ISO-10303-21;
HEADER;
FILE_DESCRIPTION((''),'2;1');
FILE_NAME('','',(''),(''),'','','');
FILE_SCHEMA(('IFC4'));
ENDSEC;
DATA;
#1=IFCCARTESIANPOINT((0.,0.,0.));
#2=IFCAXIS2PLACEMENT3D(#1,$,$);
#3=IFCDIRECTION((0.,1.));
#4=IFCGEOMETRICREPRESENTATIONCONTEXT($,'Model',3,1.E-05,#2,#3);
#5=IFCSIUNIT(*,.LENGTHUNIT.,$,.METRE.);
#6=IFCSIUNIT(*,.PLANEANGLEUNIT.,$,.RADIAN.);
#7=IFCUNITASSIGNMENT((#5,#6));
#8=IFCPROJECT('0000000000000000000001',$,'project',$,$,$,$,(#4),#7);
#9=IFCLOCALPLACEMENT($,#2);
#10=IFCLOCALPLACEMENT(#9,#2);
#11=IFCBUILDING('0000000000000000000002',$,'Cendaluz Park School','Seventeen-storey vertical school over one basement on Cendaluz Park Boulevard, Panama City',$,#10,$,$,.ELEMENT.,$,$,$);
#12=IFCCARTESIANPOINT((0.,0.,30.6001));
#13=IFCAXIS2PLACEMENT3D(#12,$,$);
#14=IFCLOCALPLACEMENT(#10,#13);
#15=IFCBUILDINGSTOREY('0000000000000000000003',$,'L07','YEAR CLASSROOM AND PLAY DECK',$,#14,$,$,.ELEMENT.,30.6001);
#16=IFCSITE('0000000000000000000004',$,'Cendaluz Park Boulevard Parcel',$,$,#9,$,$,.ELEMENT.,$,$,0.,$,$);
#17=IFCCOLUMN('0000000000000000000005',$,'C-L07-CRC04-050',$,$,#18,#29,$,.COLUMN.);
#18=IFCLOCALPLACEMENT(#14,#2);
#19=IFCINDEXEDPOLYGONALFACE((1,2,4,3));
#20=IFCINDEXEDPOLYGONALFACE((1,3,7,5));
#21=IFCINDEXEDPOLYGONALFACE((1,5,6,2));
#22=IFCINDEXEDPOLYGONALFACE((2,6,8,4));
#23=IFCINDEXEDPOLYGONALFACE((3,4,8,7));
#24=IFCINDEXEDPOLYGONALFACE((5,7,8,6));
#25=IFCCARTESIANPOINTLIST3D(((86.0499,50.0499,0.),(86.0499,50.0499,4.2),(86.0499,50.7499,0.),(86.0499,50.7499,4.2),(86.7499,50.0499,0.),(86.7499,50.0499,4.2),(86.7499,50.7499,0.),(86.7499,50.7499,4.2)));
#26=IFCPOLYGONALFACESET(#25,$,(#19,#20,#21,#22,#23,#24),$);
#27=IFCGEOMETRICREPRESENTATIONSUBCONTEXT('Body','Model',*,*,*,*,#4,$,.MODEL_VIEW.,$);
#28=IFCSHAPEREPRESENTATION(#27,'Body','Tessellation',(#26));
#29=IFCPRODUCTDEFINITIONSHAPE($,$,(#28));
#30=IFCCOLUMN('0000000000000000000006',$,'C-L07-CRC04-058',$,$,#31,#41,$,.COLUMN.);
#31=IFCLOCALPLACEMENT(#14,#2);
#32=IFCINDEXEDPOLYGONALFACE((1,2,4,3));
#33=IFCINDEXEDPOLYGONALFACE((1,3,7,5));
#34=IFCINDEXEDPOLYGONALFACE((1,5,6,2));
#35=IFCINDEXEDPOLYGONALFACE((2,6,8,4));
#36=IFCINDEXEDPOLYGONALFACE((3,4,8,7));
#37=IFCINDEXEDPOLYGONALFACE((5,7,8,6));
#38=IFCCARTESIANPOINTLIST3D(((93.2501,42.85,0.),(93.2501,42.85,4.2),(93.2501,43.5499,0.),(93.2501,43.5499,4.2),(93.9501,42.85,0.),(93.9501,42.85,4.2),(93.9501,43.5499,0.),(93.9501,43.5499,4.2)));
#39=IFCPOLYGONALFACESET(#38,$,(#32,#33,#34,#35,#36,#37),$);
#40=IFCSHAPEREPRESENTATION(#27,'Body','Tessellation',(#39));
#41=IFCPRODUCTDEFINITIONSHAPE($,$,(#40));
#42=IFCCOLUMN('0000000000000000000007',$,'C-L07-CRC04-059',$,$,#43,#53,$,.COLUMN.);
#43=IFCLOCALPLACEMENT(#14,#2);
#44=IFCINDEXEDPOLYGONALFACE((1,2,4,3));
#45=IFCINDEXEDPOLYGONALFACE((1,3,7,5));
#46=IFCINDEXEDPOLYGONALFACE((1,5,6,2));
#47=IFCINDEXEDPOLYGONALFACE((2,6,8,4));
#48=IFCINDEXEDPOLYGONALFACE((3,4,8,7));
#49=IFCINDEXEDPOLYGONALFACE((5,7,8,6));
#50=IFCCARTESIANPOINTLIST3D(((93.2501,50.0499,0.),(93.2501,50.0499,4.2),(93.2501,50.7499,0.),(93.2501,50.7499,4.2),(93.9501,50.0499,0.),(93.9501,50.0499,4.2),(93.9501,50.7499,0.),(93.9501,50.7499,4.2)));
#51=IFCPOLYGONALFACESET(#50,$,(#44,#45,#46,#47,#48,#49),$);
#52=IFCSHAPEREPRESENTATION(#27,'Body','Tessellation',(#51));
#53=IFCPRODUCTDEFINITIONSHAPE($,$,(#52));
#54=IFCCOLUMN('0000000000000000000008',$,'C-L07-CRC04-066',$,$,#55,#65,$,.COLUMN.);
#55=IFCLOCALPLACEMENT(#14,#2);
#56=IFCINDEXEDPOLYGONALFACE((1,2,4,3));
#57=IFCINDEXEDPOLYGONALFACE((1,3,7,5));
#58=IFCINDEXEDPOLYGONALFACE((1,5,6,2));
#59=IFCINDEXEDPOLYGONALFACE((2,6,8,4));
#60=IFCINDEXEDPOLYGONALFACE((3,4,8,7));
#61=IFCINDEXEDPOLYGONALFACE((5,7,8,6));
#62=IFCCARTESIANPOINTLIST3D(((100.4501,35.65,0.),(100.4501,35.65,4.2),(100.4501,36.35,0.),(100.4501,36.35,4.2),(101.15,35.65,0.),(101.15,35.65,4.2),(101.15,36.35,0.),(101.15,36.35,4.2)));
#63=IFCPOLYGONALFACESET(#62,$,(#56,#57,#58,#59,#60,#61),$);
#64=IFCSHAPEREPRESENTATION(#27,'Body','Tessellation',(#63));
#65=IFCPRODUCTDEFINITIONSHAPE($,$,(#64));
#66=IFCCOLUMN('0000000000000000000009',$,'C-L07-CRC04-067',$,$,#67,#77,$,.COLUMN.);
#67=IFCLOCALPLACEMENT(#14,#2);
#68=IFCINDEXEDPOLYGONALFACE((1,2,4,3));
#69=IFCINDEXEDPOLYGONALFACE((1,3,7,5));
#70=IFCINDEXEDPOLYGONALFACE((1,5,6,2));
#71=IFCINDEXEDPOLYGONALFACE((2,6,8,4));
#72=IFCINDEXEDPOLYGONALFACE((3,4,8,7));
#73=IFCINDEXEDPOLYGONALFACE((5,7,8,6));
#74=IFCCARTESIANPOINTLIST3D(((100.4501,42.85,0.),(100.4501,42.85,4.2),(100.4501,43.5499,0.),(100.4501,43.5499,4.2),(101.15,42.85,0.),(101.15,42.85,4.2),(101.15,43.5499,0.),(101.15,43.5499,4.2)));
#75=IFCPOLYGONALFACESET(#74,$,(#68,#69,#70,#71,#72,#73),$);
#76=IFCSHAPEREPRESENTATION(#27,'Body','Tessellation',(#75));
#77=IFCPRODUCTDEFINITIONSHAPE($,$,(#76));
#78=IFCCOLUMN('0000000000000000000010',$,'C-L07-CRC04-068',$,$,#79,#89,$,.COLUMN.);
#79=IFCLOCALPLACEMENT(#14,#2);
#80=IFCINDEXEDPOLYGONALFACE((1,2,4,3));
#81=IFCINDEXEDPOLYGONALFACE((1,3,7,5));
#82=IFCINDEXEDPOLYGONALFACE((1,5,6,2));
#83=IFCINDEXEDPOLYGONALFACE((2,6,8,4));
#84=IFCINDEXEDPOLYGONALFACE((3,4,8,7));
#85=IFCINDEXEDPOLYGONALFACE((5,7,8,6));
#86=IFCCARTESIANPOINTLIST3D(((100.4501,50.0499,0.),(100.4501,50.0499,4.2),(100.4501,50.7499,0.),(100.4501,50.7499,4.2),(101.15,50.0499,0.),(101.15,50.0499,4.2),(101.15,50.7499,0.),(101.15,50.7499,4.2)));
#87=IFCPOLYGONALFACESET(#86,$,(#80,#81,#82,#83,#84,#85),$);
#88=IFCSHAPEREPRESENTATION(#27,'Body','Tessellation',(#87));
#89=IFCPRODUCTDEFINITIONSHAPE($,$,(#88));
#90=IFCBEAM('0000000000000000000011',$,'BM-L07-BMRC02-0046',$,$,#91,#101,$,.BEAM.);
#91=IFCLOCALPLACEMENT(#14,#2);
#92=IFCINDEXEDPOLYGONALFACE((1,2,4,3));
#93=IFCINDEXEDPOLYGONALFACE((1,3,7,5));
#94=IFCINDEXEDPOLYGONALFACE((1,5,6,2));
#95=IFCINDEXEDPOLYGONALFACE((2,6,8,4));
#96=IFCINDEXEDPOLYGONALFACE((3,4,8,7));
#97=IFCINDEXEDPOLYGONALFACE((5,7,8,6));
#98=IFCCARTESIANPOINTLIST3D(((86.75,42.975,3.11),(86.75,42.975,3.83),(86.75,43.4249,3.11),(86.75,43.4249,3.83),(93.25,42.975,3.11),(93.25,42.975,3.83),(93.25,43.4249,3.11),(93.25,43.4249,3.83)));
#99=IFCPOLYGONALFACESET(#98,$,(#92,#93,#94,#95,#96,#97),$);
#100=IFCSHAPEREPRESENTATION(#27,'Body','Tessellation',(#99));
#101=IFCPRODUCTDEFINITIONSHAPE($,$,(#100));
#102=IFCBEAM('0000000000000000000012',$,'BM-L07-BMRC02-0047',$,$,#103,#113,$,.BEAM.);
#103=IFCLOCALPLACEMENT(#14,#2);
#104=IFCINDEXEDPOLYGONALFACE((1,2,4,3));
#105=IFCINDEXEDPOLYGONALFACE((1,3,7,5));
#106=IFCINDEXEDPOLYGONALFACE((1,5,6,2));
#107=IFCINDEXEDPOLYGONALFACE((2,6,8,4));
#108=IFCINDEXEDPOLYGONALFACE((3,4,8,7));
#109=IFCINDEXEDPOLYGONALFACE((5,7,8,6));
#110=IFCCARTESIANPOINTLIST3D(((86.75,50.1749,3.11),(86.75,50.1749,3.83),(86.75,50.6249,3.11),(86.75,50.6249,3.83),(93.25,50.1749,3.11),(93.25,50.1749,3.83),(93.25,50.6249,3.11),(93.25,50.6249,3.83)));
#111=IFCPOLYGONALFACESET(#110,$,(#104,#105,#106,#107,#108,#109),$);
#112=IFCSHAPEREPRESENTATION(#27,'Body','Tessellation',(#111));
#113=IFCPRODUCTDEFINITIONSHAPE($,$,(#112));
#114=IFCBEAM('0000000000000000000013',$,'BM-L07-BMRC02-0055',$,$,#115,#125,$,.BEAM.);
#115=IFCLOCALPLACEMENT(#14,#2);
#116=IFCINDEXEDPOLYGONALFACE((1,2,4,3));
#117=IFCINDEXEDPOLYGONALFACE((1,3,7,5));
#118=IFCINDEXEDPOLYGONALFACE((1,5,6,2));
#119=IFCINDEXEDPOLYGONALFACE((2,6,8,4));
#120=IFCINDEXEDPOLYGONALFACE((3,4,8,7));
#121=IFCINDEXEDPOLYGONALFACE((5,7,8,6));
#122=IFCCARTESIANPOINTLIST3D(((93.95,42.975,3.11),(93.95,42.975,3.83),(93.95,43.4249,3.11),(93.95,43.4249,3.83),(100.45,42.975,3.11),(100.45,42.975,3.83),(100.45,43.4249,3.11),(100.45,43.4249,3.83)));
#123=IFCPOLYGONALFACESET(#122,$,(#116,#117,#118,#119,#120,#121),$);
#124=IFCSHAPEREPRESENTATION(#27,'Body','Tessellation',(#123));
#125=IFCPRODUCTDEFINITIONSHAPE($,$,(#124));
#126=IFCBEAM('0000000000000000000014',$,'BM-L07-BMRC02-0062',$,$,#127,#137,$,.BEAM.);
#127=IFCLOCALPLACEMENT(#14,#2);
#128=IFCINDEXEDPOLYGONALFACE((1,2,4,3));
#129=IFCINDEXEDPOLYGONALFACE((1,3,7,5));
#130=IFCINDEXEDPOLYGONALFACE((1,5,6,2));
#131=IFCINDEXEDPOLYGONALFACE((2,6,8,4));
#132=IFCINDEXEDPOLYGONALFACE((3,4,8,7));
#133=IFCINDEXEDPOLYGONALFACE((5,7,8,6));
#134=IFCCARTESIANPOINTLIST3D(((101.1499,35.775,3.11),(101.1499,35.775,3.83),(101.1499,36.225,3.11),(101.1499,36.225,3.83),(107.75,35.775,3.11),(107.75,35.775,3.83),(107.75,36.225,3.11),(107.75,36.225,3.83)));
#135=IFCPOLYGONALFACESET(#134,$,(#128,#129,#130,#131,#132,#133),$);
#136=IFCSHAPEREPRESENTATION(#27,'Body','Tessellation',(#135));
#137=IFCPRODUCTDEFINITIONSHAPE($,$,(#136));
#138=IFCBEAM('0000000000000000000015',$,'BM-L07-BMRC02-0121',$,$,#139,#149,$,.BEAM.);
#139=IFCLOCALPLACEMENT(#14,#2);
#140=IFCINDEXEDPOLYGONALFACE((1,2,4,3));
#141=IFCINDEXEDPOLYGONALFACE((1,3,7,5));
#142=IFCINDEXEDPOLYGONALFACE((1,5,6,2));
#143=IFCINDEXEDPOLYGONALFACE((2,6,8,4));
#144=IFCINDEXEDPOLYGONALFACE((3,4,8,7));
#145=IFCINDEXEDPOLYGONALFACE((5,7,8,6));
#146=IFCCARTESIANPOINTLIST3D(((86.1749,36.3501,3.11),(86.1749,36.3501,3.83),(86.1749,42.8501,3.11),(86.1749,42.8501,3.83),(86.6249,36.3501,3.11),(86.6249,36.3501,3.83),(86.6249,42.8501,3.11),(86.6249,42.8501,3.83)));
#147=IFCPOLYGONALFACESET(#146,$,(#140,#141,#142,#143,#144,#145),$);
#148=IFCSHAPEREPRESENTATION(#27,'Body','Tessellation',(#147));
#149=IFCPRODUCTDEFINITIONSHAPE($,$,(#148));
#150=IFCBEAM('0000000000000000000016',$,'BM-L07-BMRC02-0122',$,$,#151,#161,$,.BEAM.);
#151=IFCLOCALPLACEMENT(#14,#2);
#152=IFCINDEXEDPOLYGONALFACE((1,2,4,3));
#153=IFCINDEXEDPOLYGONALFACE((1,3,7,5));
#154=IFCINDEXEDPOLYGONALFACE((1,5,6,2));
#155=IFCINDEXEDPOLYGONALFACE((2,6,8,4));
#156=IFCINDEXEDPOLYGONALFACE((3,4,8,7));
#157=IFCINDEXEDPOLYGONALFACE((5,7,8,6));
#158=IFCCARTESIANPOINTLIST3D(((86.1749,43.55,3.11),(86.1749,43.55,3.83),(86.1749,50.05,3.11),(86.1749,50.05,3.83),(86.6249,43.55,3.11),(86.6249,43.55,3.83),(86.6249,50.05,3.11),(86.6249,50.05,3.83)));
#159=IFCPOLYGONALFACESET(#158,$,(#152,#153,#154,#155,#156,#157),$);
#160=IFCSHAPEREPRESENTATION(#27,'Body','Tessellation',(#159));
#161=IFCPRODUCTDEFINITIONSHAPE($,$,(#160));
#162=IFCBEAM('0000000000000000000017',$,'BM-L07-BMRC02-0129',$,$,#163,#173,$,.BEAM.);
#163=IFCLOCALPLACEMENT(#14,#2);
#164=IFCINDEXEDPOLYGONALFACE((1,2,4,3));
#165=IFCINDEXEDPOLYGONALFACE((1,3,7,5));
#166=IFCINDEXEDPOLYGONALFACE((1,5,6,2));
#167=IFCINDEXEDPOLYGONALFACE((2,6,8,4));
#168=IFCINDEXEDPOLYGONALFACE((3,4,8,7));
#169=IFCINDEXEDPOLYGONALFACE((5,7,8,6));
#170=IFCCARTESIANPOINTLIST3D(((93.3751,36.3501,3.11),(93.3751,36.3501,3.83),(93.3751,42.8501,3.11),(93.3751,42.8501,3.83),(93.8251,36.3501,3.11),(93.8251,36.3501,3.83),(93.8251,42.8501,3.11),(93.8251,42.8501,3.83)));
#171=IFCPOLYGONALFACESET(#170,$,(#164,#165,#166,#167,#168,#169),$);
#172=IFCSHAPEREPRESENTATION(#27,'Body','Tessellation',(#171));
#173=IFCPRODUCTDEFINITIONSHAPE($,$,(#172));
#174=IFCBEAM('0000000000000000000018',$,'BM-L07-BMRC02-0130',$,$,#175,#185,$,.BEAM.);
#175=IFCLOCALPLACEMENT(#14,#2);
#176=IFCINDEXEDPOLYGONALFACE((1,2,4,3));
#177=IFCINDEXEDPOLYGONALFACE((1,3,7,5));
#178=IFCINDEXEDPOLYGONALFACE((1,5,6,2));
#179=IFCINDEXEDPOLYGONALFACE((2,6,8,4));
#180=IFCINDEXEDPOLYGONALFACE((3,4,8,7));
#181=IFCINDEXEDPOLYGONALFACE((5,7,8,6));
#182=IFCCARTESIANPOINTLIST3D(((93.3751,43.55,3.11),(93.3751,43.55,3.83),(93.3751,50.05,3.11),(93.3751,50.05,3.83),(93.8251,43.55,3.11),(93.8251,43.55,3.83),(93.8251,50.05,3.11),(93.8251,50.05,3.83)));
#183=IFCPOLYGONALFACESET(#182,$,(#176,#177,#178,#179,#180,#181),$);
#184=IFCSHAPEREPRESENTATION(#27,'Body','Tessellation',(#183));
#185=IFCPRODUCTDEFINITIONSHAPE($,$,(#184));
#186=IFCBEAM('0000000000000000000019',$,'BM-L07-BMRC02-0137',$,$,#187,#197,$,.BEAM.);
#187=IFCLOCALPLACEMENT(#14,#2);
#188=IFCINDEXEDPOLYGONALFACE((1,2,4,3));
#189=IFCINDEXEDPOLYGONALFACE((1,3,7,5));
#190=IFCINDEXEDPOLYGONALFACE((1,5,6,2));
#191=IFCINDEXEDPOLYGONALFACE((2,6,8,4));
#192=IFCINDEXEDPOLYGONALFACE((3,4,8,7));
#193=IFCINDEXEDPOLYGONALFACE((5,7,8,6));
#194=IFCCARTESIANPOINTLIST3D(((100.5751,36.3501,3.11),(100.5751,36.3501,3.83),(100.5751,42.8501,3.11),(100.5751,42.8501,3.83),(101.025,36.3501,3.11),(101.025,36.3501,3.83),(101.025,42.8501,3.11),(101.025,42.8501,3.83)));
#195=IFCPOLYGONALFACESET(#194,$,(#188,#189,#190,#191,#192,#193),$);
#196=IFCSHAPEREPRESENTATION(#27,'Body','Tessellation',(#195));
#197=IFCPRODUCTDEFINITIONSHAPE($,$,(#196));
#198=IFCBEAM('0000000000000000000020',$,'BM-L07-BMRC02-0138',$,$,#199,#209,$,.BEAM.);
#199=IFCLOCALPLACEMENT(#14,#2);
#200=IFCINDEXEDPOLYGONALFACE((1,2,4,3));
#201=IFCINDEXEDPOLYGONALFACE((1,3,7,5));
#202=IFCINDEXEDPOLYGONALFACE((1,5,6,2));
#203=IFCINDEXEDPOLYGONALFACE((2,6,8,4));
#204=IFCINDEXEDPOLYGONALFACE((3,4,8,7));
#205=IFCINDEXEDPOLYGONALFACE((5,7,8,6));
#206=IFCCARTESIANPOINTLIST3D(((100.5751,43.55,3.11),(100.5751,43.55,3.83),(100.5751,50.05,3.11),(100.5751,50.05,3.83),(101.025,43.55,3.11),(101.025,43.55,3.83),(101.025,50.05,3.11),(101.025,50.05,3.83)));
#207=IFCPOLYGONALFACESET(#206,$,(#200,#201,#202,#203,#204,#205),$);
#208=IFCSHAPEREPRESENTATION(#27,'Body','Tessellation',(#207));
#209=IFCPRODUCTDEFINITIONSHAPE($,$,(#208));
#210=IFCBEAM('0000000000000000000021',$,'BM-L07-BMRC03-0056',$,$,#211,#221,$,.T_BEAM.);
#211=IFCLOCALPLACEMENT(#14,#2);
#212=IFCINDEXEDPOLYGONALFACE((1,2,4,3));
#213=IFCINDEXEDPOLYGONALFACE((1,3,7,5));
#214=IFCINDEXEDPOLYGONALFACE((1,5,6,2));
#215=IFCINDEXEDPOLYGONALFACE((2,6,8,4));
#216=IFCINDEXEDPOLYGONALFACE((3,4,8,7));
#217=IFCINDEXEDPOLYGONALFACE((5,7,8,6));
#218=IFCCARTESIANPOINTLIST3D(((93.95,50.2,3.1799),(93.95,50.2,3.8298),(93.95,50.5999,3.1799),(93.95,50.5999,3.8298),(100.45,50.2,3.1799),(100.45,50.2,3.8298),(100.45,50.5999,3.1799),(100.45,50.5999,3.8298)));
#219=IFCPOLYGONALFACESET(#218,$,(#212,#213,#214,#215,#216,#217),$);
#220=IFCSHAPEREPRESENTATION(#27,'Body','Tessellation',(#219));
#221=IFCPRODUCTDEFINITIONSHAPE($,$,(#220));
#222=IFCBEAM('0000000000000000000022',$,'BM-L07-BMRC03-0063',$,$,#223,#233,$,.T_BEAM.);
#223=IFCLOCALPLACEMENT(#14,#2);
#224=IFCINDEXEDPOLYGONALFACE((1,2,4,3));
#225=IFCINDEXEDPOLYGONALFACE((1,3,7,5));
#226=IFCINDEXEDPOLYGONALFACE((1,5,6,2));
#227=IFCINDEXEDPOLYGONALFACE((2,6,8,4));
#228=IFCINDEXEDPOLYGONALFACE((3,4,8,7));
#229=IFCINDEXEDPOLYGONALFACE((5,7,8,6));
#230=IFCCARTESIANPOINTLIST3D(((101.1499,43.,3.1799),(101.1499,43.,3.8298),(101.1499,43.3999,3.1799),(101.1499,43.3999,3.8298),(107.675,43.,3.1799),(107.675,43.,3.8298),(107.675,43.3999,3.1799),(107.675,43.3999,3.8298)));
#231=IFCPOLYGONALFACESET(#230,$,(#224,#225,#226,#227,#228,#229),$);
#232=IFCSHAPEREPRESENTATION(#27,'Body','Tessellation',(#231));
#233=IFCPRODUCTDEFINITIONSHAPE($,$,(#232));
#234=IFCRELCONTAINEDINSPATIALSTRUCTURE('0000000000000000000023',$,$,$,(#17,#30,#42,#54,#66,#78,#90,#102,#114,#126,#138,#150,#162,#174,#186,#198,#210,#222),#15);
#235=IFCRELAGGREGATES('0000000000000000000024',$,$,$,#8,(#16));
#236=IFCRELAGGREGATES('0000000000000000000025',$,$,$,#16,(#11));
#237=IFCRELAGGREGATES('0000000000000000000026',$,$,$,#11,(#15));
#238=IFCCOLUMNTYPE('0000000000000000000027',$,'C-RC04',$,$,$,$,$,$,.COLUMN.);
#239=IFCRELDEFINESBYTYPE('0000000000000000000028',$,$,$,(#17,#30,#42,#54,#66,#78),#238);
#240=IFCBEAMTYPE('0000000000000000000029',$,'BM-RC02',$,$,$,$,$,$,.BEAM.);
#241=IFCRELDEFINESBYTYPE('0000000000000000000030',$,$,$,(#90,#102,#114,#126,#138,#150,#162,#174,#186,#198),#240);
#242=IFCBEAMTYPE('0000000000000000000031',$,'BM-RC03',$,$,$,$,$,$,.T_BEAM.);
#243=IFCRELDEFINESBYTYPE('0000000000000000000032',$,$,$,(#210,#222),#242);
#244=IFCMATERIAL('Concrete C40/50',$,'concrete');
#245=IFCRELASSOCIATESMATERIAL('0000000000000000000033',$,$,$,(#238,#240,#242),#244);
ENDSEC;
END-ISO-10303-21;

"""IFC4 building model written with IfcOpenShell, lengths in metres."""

from ifc_helpers import new_model, si_unit, direction, frame, origin, origin_2d, place, context, subcontext, project, spatial, rectangle, extrude, material, material_profile, profile_set, type_object, element, save


model = new_model("IFC4")

# Units and contexts
model_context = context("Model", 3, precision=1e-05, world=origin(), true_north=direction((0.0, 1.0)))
body_context = subcontext(model_context, "Body", "Model", "MODEL_VIEW")
ifc_project = project(units=[si_unit("LENGTHUNIT", "METRE"), si_unit("PLANEANGLEUNIT", "RADIAN")], contexts=[model_context])

# Site, building, storey
site_placement = place(None, origin())
site = spatial("IfcSite", under=ifc_project, at=site_placement, Name="Cendaluz Park Boulevard Parcel", CompositionType="ELEMENT", RefElevation=0.0)
building_placement = place(site_placement, origin())
building = spatial("IfcBuilding", under=site, at=building_placement, Name="Cendaluz Park School", Description="Seventeen-storey vertical school over one basement on Cendaluz Park Boulevard, Panama City", CompositionType="ELEMENT")
storey_placement = place(building_placement, frame((0.0, 0.0, 30.6001)))
storey = spatial("IfcBuildingStorey", under=building, at=storey_placement, Name="L07", Description="YEAR CLASSROOM AND PLAY DECK", CompositionType="ELEMENT", Elevation=30.6001)

# Columns
ifc_material_1 = material(Name="Concrete C40/50", Category="concrete")
ifc_material_profile_1 = material_profile(ifc_material_1, rectangle(XDim=0.7, YDim=0.7, at=origin_2d()), Name="RC 700x700", Category="concrete")
ifc_profile_set_1 = profile_set([ifc_material_profile_1], Name="Concrete C40/50")
column_type = type_object("IfcColumnType", Name="C-RC04", PredefinedType="COLUMN", material=ifc_profile_set_1)
for number, where, z_axis, x_axis, name in (
    (1, (86.3999, 50.3999, 0.0), (0.0, 0.0, 1.0), (1.0, 0.0, 0.0), "C-L07-CRC04-050"),
    (2, (93.6001, 43.2, 0.0), (0.0, 0.0, 1.0), (1.0, 0.0, 0.0), "C-L07-CRC04-058"),
    (3, (93.6001, 50.3999, 0.0), (0.0, 0.0, 1.0), (1.0, 0.0, 0.0), "C-L07-CRC04-059"),
    (4, (100.8, 36.0, 0.0), (0.0, 0.0, 1.0), (1.0, 0.0, 0.0), "C-L07-CRC04-066"),
    (5, (100.8, 43.2, 0.0), (0.0, 0.0, 1.0), (1.0, 0.0, 0.0), "C-L07-CRC04-067"),
    (6, (100.8, 50.3999, 0.0), (0.0, 0.0, 1.0), (1.0, 0.0, 0.0), "C-L07-CRC04-068"),
):
    element("IfcColumn", number, at=place(storey_placement, frame(where, z_axis=z_axis, x_axis=x_axis)), inside=storey, type_object=column_type, Name=name, PredefinedType="COLUMN", context=body_context, shape_type="SweptSolid", body=[
        extrude(rectangle(XDim=0.7, YDim=0.7, at=origin_2d()), origin(), (0.0, 0.0, 1.0), 4.2),
    ])

# Beams
ifc_material_profile_2 = material_profile(ifc_material_1, rectangle(XDim=0.45, YDim=0.72, at=origin_2d()), Name="RC 450x720", Category="concrete")
ifc_profile_set_2 = profile_set([ifc_material_profile_2], Name="Concrete C40/50")
beam_type_1 = type_object("IfcBeamType", Name="BM-RC02", PredefinedType="BEAM", material=ifc_profile_set_2)
for number, where, z_axis, x_axis, name in (
    (7, (86.75, 43.2, 3.47), (1.0, 0.0, 0.0), (0.0, 1.0, 0.0), "BM-L07-BMRC02-0046"),
    (8, (86.75, 50.3999, 3.47), (1.0, 0.0, 0.0), (0.0, 1.0, 0.0), "BM-L07-BMRC02-0047"),
    (9, (93.95, 43.2, 3.47), (1.0, 0.0, 0.0), (0.0, 1.0, 0.0), "BM-L07-BMRC02-0055"),
):
    element("IfcBeam", number, at=place(storey_placement, frame(where, z_axis=z_axis, x_axis=x_axis)), inside=storey, type_object=beam_type_1, Name=name, PredefinedType="BEAM", context=body_context, shape_type="SweptSolid", body=[
        extrude(rectangle(XDim=0.45, YDim=0.72, at=origin_2d()), origin(), (0.0, 0.0, 1.0), 6.5),
    ])
beam_1_placement = place(storey_placement, frame((101.1499, 36.0, 3.47), z_axis=(1.0, 0.0, 0.0), x_axis=(0.0, 1.0, 0.0)))
element("IfcBeam", 10, at=beam_1_placement, inside=storey, type_object=beam_type_1, Name="BM-L07-BMRC02-0062", PredefinedType="BEAM", context=body_context, shape_type="SweptSolid", body=[
    extrude(rectangle(XDim=0.45, YDim=0.72, at=origin_2d()), origin(), (0.0, 0.0, 1.0), 6.6001),
])
for number, where, z_axis, x_axis, name in (
    (11, (86.3999, 36.3501, 3.47), (0.0, 1.0, 0.0), (-1.0, 0.0, 0.0), "BM-L07-BMRC02-0121"),
    (12, (86.3999, 43.55, 3.47), (0.0, 1.0, 0.0), (-1.0, 0.0, 0.0), "BM-L07-BMRC02-0122"),
    (13, (93.6001, 36.3501, 3.47), (0.0, 1.0, 0.0), (-1.0, 0.0, 0.0), "BM-L07-BMRC02-0129"),
    (14, (93.6001, 43.55, 3.47), (0.0, 1.0, 0.0), (-1.0, 0.0, 0.0), "BM-L07-BMRC02-0130"),
    (15, (100.8, 36.3501, 3.47), (0.0, 1.0, 0.0), (-1.0, 0.0, 0.0), "BM-L07-BMRC02-0137"),
    (16, (100.8, 43.55, 3.47), (0.0, 1.0, 0.0), (-1.0, 0.0, 0.0), "BM-L07-BMRC02-0138"),
):
    element("IfcBeam", number, at=place(storey_placement, frame(where, z_axis=z_axis, x_axis=x_axis)), inside=storey, type_object=beam_type_1, Name=name, PredefinedType="BEAM", context=body_context, shape_type="SweptSolid", body=[
        extrude(rectangle(XDim=0.45, YDim=0.72, at=origin_2d()), origin(), (0.0, 0.0, 1.0), 6.5),
    ])
ifc_material_profile_3 = material_profile(ifc_material_1, rectangle(XDim=0.3999, YDim=0.6499, at=origin_2d()), Name="RC 400x650", Category="concrete")
ifc_profile_set_3 = profile_set([ifc_material_profile_3], Name="Concrete C40/50")
beam_type_2 = type_object("IfcBeamType", Name="BM-RC03", PredefinedType="T_BEAM", material=ifc_profile_set_3)
beam_2_placement = place(storey_placement, frame((93.95, 50.3999, 3.5049), z_axis=(1.0, 0.0, 0.0), x_axis=(0.0, 1.0, 0.0)))
element("IfcBeam", 17, at=beam_2_placement, inside=storey, type_object=beam_type_2, Name="BM-L07-BMRC03-0056", PredefinedType="T_BEAM", context=body_context, shape_type="SweptSolid", body=[
    extrude(rectangle(XDim=0.3999, YDim=0.6499, at=origin_2d()), origin(), (0.0, 0.0, 1.0), 6.5),
])
beam_3_placement = place(storey_placement, frame((101.1499, 43.2, 3.5049), z_axis=(1.0, 0.0, 0.0), x_axis=(0.0, 1.0, 0.0)))
element("IfcBeam", 18, at=beam_3_placement, inside=storey, type_object=beam_type_2, Name="BM-L07-BMRC03-0063", PredefinedType="T_BEAM", context=body_context, shape_type="SweptSolid", body=[
    extrude(rectangle(XDim=0.3999, YDim=0.6499, at=origin_2d()), origin(), (0.0, 0.0, 1.0), 6.5251),
])

save(model, "model.ifc")
